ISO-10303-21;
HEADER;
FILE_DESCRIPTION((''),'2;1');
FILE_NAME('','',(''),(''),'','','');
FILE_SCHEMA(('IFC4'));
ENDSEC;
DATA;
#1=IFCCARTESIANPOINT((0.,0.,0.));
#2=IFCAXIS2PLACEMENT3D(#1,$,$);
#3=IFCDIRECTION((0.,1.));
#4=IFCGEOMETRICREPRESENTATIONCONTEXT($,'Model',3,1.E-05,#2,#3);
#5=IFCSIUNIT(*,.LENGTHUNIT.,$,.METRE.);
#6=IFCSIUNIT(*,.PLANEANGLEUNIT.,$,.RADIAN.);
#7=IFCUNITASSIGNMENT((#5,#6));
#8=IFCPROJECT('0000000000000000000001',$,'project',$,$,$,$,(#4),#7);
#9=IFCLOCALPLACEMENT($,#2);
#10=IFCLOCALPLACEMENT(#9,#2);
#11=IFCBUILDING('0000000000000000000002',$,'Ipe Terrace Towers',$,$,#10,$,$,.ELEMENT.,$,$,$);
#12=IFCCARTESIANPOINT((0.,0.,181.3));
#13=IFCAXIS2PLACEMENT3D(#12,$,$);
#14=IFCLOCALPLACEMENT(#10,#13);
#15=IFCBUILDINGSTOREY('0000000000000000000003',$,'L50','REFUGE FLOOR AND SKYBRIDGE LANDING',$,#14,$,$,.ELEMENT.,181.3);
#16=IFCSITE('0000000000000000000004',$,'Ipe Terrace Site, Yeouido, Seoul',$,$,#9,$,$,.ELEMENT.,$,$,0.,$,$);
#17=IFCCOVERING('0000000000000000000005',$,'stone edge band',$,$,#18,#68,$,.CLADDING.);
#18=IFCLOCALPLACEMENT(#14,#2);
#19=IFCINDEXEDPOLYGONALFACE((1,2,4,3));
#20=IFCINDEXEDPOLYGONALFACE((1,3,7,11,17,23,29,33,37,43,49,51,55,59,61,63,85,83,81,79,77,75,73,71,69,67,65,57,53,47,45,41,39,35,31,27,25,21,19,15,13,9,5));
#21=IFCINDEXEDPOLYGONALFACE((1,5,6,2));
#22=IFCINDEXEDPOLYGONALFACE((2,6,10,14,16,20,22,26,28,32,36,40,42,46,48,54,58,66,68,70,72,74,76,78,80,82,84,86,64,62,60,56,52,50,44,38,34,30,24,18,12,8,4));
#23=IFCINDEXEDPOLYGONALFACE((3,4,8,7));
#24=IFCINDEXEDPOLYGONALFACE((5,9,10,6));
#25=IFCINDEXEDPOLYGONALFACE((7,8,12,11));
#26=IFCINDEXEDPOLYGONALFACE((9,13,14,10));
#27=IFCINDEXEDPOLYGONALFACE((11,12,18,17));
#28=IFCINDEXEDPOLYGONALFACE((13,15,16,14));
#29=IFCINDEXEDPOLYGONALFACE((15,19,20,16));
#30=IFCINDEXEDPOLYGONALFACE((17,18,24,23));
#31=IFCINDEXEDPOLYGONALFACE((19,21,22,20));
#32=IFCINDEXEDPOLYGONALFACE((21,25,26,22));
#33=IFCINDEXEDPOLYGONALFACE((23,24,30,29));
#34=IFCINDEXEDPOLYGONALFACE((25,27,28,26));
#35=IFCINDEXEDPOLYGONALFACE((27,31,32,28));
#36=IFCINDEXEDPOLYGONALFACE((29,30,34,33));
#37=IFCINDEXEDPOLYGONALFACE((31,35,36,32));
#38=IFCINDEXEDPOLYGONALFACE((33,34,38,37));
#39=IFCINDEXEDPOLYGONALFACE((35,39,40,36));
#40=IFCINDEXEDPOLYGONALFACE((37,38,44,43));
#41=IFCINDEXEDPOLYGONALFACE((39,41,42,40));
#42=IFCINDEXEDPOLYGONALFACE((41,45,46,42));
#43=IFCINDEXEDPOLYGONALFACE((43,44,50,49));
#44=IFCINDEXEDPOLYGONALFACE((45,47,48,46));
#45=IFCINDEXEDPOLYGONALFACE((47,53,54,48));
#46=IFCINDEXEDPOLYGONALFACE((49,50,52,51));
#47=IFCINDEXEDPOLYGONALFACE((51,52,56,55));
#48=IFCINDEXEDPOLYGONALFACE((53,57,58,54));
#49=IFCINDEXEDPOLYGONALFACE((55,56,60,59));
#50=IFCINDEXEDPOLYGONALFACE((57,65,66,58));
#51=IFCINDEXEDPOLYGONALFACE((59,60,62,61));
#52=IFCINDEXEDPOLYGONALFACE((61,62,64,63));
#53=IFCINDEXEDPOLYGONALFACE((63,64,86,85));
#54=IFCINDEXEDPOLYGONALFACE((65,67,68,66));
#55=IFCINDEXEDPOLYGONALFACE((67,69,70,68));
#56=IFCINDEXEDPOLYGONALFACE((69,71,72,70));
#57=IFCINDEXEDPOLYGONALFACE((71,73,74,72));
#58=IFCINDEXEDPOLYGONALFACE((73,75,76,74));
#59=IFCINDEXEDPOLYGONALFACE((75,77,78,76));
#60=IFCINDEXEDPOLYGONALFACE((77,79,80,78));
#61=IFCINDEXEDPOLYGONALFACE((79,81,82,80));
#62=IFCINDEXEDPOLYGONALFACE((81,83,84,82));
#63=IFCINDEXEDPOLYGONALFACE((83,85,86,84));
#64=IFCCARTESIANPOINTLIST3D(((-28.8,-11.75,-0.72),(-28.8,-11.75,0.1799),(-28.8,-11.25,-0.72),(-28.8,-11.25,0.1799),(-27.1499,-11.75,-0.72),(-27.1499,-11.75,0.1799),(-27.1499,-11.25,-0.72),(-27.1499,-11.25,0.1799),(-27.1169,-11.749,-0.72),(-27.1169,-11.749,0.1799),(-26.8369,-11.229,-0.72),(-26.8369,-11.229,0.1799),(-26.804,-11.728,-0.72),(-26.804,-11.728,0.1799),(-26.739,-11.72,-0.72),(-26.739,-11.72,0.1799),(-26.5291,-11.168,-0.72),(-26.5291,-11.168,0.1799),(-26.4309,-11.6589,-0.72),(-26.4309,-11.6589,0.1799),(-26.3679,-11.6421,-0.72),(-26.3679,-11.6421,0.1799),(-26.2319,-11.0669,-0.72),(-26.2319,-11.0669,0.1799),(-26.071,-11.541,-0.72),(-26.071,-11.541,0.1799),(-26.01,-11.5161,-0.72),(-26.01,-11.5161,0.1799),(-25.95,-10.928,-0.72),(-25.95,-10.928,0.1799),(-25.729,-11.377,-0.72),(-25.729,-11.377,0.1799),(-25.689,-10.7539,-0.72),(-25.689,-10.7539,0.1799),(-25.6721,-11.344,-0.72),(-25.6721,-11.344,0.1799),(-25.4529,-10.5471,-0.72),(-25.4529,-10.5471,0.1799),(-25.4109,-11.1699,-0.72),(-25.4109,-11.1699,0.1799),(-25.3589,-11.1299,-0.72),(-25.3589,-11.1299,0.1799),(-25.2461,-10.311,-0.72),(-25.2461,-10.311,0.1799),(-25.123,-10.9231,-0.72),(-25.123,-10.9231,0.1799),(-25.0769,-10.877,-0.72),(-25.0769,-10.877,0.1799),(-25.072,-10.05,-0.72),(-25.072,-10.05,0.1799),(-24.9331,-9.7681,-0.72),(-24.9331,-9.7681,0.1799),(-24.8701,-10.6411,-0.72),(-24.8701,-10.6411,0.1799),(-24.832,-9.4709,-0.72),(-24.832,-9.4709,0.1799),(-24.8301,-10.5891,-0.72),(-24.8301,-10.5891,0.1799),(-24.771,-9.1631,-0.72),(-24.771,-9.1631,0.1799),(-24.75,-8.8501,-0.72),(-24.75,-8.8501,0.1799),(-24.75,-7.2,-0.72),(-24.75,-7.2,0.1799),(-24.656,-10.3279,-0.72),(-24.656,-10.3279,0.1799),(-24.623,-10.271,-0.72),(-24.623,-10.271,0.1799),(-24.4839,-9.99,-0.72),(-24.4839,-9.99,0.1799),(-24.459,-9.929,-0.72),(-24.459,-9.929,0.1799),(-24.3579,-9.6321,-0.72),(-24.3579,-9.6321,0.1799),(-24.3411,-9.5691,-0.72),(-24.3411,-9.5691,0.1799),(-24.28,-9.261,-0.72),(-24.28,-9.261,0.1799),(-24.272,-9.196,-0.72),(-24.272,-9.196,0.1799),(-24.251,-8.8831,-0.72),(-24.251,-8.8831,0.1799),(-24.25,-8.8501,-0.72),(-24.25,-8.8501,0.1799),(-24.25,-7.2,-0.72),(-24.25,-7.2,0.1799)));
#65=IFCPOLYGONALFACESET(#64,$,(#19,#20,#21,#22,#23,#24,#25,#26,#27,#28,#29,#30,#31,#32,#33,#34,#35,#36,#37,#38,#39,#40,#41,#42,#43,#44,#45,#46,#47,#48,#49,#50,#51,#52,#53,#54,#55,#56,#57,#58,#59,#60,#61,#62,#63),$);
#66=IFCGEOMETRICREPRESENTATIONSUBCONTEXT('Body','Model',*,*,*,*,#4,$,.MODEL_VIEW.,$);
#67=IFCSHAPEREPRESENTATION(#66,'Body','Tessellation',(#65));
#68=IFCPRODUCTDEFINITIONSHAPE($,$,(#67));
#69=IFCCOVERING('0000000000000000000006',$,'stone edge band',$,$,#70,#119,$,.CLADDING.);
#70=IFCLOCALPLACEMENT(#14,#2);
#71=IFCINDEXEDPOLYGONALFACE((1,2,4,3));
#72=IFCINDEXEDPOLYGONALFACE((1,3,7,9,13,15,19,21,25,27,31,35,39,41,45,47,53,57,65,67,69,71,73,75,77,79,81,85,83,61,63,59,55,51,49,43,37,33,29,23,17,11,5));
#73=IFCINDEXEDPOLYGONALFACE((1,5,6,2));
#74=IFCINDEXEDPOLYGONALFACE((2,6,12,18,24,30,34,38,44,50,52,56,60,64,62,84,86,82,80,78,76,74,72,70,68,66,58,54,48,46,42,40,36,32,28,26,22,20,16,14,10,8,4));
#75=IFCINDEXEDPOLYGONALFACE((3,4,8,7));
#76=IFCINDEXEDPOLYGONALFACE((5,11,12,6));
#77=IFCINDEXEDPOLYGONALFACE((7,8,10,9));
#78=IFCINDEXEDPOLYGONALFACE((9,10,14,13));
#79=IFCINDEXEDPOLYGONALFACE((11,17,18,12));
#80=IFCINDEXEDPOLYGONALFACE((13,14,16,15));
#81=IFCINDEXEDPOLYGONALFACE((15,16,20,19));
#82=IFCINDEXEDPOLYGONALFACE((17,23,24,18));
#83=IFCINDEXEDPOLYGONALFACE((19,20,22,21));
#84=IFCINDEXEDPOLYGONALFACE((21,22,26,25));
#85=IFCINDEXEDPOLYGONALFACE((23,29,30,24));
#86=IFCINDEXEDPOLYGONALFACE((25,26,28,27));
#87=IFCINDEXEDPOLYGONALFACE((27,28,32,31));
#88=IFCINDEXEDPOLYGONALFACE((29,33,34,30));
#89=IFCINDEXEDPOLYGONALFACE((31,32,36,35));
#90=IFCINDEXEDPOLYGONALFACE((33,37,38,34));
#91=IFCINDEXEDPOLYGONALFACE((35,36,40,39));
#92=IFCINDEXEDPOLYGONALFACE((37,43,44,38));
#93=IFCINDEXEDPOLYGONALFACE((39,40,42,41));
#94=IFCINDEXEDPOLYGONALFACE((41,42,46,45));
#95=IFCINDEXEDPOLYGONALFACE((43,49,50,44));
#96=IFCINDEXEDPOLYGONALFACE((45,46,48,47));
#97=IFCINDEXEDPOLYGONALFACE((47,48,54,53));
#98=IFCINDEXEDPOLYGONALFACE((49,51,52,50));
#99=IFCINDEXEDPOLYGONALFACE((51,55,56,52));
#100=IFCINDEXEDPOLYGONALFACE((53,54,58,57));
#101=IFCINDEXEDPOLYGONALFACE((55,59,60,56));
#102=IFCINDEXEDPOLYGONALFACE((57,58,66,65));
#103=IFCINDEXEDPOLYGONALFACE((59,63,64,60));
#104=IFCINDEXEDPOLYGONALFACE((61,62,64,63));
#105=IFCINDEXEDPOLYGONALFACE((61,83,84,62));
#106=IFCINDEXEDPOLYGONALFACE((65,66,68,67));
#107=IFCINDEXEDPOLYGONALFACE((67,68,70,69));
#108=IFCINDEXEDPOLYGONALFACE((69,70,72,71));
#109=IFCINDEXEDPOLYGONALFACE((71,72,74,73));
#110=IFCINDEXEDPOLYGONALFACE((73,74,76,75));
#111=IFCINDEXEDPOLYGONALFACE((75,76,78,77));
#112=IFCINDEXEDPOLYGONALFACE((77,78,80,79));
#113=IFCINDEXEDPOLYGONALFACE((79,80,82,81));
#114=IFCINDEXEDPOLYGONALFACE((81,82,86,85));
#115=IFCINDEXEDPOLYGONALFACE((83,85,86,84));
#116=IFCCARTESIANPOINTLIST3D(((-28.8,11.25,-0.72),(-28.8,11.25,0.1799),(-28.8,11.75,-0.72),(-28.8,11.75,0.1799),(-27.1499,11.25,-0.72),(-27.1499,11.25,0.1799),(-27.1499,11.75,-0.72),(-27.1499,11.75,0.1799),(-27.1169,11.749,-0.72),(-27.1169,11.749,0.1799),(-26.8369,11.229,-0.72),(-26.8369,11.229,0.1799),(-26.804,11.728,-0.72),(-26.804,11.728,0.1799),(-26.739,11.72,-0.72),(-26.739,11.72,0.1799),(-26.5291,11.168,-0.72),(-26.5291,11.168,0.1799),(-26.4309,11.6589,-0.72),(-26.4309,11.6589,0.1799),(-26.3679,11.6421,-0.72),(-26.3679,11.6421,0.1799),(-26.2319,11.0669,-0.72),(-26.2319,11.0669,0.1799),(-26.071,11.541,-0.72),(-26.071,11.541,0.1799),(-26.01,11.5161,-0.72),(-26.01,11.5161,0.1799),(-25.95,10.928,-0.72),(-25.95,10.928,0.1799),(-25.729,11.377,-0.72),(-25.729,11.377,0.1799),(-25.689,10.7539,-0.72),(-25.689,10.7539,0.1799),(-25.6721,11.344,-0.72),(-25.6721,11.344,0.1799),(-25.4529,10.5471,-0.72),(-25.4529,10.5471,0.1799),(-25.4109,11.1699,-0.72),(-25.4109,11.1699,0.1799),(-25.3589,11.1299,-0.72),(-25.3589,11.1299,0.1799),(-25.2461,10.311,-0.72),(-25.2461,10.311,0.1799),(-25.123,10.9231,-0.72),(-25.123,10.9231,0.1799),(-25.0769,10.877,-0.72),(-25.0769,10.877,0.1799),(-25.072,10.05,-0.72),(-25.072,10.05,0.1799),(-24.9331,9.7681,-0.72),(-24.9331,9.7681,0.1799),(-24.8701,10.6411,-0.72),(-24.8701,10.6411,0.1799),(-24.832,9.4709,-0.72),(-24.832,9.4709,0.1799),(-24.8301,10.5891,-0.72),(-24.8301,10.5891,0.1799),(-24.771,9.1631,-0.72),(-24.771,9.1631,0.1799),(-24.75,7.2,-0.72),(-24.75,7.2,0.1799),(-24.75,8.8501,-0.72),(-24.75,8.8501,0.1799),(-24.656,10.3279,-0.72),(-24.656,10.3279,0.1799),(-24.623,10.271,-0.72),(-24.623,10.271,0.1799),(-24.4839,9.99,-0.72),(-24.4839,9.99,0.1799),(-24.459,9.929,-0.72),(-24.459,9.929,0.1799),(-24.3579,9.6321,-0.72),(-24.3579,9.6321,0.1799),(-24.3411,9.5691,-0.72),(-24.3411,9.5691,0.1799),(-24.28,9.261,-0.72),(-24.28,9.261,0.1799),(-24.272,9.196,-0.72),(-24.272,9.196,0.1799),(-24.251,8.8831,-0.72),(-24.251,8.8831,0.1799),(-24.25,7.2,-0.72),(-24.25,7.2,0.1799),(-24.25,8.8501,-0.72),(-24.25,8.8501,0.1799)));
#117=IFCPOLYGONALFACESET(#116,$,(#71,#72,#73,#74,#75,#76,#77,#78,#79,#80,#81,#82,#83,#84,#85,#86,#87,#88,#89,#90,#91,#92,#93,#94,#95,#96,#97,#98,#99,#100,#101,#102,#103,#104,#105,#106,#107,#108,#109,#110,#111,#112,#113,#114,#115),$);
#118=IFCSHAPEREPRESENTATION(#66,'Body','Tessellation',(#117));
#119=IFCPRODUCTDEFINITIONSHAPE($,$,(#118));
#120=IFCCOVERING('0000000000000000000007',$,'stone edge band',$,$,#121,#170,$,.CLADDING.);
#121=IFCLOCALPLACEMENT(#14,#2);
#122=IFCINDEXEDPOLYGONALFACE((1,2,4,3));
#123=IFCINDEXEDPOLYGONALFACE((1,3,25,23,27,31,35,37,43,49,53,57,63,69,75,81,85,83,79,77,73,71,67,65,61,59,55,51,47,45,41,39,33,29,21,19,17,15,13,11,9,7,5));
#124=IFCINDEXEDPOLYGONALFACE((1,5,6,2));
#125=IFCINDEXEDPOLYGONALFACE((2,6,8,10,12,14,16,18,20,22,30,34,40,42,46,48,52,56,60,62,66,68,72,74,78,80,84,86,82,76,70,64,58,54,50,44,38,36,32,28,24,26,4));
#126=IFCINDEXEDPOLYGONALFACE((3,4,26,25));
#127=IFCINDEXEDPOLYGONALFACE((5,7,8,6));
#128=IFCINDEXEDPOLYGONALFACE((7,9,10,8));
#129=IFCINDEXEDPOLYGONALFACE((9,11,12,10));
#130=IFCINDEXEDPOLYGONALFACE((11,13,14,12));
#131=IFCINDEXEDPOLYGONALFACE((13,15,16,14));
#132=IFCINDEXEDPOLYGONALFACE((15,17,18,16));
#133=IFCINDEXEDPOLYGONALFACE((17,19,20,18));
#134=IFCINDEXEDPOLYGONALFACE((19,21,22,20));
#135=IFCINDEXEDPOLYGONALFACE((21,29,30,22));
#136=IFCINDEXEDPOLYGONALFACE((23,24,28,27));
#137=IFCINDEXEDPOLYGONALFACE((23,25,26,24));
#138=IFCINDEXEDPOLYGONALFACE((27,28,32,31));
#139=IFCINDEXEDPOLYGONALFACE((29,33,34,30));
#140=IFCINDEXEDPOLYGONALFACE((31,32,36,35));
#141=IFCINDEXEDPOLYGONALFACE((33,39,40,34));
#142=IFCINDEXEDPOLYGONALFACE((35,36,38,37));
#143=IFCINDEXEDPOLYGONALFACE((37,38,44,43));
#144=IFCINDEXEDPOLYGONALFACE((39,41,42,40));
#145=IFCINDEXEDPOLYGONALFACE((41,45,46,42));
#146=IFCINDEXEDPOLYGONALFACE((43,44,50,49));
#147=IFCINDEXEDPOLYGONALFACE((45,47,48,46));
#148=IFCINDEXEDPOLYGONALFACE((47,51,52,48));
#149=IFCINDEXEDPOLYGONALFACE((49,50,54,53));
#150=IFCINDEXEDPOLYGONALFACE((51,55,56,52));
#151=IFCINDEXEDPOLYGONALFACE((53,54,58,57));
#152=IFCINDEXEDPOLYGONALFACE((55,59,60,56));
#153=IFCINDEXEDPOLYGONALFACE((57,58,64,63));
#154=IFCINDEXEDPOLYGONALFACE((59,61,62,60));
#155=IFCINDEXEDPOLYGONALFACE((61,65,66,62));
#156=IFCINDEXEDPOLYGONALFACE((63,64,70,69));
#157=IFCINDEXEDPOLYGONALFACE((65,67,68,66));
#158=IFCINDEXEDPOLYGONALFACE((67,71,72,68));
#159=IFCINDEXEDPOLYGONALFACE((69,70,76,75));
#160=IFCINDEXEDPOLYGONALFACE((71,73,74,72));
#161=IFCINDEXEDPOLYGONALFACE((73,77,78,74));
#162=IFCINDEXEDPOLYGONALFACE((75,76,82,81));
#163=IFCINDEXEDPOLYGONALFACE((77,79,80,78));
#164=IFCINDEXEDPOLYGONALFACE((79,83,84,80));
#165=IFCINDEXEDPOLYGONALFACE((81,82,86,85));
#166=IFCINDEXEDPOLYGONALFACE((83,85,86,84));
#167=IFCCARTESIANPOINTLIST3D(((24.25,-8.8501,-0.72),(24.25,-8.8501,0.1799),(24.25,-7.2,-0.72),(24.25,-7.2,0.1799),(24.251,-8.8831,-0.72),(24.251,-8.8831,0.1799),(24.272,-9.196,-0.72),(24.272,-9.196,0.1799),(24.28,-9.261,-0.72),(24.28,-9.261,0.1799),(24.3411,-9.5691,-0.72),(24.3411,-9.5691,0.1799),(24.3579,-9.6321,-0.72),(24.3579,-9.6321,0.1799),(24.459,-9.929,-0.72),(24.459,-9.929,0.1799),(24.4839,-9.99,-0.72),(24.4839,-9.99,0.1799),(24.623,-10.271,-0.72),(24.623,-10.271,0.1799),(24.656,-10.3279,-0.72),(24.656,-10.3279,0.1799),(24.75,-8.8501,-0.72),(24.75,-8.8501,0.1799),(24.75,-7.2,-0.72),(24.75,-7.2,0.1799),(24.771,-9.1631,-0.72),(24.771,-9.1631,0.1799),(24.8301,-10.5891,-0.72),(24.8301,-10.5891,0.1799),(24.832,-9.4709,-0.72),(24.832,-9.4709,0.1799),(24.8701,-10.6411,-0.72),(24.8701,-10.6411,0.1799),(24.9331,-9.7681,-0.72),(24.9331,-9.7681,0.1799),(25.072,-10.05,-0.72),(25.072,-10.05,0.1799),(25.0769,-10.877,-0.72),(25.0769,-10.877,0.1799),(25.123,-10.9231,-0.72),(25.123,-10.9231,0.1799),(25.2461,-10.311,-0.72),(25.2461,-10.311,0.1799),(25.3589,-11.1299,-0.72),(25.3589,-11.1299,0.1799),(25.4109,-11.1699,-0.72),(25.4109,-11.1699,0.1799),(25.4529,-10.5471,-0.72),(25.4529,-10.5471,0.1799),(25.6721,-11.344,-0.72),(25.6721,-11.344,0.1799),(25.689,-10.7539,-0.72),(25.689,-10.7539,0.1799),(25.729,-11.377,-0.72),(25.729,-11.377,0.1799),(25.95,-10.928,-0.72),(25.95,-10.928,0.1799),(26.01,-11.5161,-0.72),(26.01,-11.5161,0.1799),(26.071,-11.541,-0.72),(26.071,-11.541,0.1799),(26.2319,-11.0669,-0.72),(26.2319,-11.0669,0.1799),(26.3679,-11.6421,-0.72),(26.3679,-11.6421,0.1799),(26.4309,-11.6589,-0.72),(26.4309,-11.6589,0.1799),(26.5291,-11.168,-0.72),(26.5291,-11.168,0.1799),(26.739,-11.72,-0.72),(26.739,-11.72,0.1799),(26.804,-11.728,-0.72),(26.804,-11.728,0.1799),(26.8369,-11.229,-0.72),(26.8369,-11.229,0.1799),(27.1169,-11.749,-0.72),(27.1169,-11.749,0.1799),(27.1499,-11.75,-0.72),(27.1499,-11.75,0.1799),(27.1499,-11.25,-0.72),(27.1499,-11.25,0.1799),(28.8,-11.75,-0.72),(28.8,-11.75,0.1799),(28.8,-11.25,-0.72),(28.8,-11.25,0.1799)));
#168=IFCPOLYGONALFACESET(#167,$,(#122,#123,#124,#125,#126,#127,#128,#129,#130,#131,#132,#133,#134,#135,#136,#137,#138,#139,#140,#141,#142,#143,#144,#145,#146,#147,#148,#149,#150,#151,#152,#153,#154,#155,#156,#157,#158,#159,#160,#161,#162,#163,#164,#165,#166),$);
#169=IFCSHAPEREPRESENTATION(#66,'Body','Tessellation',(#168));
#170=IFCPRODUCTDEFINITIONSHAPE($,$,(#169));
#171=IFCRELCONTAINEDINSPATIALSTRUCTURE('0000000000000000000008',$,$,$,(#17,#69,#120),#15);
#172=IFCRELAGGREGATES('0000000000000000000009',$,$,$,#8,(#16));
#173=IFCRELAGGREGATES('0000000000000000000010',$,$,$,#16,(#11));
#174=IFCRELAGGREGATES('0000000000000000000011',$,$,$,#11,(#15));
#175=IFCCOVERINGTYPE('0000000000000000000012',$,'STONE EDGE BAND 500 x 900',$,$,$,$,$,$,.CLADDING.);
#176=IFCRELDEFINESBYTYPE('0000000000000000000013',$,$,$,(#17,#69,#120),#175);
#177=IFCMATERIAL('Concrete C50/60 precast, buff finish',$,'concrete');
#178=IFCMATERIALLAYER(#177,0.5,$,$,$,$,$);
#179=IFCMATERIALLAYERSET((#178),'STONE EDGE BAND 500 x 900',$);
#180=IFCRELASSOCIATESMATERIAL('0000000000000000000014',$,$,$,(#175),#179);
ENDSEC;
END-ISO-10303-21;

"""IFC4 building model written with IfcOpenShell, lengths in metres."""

from ifc_helpers import new_model, si_unit, direction, frame, origin, place, context, subcontext, project, spatial, polyline, outline, extrude, material, layer, layer_set, type_object, element, save


model = new_model("IFC4")

# Units and contexts
model_context = context("Model", 3, precision=1e-05, world=origin(), true_north=direction((0.0, 1.0)))
body_context = subcontext(model_context, "Body", "Model", "MODEL_VIEW")
ifc_project = project(units=[si_unit("LENGTHUNIT", "METRE"), si_unit("PLANEANGLEUNIT", "RADIAN")], contexts=[model_context])

# Site, building, storey
site_placement = place(None, origin())
site = spatial("IfcSite", under=ifc_project, at=site_placement, Name="Ipe Terrace Site, Yeouido, Seoul", CompositionType="ELEMENT", RefElevation=0.0)
building_placement = place(site_placement, origin())
building = spatial("IfcBuilding", under=site, at=building_placement, Name="Ipe Terrace Towers", CompositionType="ELEMENT")
storey_placement = place(building_placement, frame((0.0, 0.0, 181.3)))
storey = spatial("IfcBuildingStorey", under=building, at=storey_placement, Name="L50", Description="REFUGE FLOOR AND SKYBRIDGE LANDING", CompositionType="ELEMENT", Elevation=181.3)

# Coverings
ifc_material_1 = material(Name="Concrete C50/60 precast, buff finish", Category="concrete")
ifc_layer_1 = layer(ifc_material_1, 0.5)
ifc_layer_set_1 = layer_set([ifc_layer_1], Name="STONE EDGE BAND 500 x 900")
covering_type = type_object("IfcCoveringType", Name="STONE EDGE BAND 500 x 900", PredefinedType="CLADDING", material=ifc_layer_set_1)
covering_1_placement = place(storey_placement, frame((0.0, 0.0, -0.72)))
element("IfcCovering", 1, at=covering_1_placement, inside=storey, type_object=covering_type, Name="stone edge band", PredefinedType="CLADDING", context=body_context, shape_type="SweptSolid", body=[
    extrude(outline(polyline([(-27.1499, -11.75), (-27.1169, -11.749), (-26.804, -11.728), (-26.739, -11.72), (-26.4309, -11.6589), (-26.3679, -11.6421), (-26.071, -11.541), (-26.01, -11.5161), (-25.729, -11.377), (-25.6721, -11.344), (-25.4109, -11.1699), (-25.3589, -11.1299), (-25.123, -10.9231), (-25.0769, -10.877), (-24.8701, -10.6411), (-24.8301, -10.5891), (-24.656, -10.3279), (-24.623, -10.271), (-24.4839, -9.99), (-24.459, -9.929), (-24.3579, -9.6321), (-24.3411, -9.5691), (-24.28, -9.261), (-24.272, -9.196), (-24.251, -8.8831), (-24.25, -8.8501), (-24.25, -7.2), (-24.75, -7.2), (-24.75, -8.8501), (-24.771, -9.1631), (-24.832, -9.4709), (-24.9331, -9.7681), (-25.072, -10.05), (-25.2461, -10.311), (-25.4529, -10.5471), (-25.689, -10.7539), (-25.95, -10.928), (-26.2319, -11.0669), (-26.5291, -11.168), (-26.8369, -11.229), (-27.1499, -11.25), (-28.8, -11.25), (-28.8, -11.75), (-27.1499, -11.75)])), origin(), (0.0, 0.0, 1.0), 0.8999),
])
covering_2_placement = place(storey_placement, frame((0.0, 0.0, -0.72)))
element("IfcCovering", 2, at=covering_2_placement, inside=storey, type_object=covering_type, Name="stone edge band", PredefinedType="CLADDING", context=body_context, shape_type="SweptSolid", body=[
    extrude(outline(polyline([(-27.1499, 11.75), (-28.8, 11.75), (-28.8, 11.25), (-27.1499, 11.25), (-26.8369, 11.229), (-26.5291, 11.168), (-26.2319, 11.0669), (-25.95, 10.928), (-25.689, 10.7539), (-25.4529, 10.5471), (-25.2461, 10.311), (-25.072, 10.05), (-24.9331, 9.7681), (-24.832, 9.4709), (-24.771, 9.1631), (-24.75, 8.8501), (-24.75, 7.2), (-24.25, 7.2), (-24.25, 8.8501), (-24.251, 8.8831), (-24.272, 9.196), (-24.28, 9.261), (-24.3411, 9.5691), (-24.3579, 9.6321), (-24.459, 9.929), (-24.4839, 9.99), (-24.623, 10.271), (-24.656, 10.3279), (-24.8301, 10.5891), (-24.8701, 10.6411), (-25.0769, 10.877), (-25.123, 10.9231), (-25.3589, 11.1299), (-25.4109, 11.1699), (-25.6721, 11.344), (-25.729, 11.377), (-26.01, 11.5161), (-26.071, 11.541), (-26.3679, 11.6421), (-26.4309, 11.6589), (-26.739, 11.72), (-26.804, 11.728), (-27.1169, 11.749), (-27.1499, 11.75)])), origin(), (0.0, 0.0, 1.0), 0.8999),
])
covering_3_placement = place(storey_placement, frame((0.0, 0.0, -0.72)))
element("IfcCovering", 3, at=covering_3_placement, inside=storey, type_object=covering_type, Name="stone edge band", PredefinedType="CLADDING", context=body_context, shape_type="SweptSolid", body=[
    extrude(outline(polyline([(24.25, -8.8501), (24.251, -8.8831), (24.272, -9.196), (24.28, -9.261), (24.3411, -9.5691), (24.3579, -9.6321), (24.459, -9.929), (24.4839, -9.99), (24.623, -10.271), (24.656, -10.3279), (24.8301, -10.5891), (24.8701, -10.6411), (25.0769, -10.877), (25.123, -10.9231), (25.3589, -11.1299), (25.4109, -11.1699), (25.6721, -11.344), (25.729, -11.377), (26.01, -11.5161), (26.071, -11.541), (26.3679, -11.6421), (26.4309, -11.6589), (26.739, -11.72), (26.804, -11.728), (27.1169, -11.749), (27.1499, -11.75), (28.8, -11.75), (28.8, -11.25), (27.1499, -11.25), (26.8369, -11.229), (26.5291, -11.168), (26.2319, -11.0669), (25.95, -10.928), (25.689, -10.7539), (25.4529, -10.5471), (25.2461, -10.311), (25.072, -10.05), (24.9331, -9.7681), (24.832, -9.4709), (24.771, -9.1631), (24.75, -8.8501), (24.75, -7.2), (24.25, -7.2), (24.25, -8.8501)])), origin(), (0.0, 0.0, 1.0), 0.8999),
])

save(model, "model.ifc")
